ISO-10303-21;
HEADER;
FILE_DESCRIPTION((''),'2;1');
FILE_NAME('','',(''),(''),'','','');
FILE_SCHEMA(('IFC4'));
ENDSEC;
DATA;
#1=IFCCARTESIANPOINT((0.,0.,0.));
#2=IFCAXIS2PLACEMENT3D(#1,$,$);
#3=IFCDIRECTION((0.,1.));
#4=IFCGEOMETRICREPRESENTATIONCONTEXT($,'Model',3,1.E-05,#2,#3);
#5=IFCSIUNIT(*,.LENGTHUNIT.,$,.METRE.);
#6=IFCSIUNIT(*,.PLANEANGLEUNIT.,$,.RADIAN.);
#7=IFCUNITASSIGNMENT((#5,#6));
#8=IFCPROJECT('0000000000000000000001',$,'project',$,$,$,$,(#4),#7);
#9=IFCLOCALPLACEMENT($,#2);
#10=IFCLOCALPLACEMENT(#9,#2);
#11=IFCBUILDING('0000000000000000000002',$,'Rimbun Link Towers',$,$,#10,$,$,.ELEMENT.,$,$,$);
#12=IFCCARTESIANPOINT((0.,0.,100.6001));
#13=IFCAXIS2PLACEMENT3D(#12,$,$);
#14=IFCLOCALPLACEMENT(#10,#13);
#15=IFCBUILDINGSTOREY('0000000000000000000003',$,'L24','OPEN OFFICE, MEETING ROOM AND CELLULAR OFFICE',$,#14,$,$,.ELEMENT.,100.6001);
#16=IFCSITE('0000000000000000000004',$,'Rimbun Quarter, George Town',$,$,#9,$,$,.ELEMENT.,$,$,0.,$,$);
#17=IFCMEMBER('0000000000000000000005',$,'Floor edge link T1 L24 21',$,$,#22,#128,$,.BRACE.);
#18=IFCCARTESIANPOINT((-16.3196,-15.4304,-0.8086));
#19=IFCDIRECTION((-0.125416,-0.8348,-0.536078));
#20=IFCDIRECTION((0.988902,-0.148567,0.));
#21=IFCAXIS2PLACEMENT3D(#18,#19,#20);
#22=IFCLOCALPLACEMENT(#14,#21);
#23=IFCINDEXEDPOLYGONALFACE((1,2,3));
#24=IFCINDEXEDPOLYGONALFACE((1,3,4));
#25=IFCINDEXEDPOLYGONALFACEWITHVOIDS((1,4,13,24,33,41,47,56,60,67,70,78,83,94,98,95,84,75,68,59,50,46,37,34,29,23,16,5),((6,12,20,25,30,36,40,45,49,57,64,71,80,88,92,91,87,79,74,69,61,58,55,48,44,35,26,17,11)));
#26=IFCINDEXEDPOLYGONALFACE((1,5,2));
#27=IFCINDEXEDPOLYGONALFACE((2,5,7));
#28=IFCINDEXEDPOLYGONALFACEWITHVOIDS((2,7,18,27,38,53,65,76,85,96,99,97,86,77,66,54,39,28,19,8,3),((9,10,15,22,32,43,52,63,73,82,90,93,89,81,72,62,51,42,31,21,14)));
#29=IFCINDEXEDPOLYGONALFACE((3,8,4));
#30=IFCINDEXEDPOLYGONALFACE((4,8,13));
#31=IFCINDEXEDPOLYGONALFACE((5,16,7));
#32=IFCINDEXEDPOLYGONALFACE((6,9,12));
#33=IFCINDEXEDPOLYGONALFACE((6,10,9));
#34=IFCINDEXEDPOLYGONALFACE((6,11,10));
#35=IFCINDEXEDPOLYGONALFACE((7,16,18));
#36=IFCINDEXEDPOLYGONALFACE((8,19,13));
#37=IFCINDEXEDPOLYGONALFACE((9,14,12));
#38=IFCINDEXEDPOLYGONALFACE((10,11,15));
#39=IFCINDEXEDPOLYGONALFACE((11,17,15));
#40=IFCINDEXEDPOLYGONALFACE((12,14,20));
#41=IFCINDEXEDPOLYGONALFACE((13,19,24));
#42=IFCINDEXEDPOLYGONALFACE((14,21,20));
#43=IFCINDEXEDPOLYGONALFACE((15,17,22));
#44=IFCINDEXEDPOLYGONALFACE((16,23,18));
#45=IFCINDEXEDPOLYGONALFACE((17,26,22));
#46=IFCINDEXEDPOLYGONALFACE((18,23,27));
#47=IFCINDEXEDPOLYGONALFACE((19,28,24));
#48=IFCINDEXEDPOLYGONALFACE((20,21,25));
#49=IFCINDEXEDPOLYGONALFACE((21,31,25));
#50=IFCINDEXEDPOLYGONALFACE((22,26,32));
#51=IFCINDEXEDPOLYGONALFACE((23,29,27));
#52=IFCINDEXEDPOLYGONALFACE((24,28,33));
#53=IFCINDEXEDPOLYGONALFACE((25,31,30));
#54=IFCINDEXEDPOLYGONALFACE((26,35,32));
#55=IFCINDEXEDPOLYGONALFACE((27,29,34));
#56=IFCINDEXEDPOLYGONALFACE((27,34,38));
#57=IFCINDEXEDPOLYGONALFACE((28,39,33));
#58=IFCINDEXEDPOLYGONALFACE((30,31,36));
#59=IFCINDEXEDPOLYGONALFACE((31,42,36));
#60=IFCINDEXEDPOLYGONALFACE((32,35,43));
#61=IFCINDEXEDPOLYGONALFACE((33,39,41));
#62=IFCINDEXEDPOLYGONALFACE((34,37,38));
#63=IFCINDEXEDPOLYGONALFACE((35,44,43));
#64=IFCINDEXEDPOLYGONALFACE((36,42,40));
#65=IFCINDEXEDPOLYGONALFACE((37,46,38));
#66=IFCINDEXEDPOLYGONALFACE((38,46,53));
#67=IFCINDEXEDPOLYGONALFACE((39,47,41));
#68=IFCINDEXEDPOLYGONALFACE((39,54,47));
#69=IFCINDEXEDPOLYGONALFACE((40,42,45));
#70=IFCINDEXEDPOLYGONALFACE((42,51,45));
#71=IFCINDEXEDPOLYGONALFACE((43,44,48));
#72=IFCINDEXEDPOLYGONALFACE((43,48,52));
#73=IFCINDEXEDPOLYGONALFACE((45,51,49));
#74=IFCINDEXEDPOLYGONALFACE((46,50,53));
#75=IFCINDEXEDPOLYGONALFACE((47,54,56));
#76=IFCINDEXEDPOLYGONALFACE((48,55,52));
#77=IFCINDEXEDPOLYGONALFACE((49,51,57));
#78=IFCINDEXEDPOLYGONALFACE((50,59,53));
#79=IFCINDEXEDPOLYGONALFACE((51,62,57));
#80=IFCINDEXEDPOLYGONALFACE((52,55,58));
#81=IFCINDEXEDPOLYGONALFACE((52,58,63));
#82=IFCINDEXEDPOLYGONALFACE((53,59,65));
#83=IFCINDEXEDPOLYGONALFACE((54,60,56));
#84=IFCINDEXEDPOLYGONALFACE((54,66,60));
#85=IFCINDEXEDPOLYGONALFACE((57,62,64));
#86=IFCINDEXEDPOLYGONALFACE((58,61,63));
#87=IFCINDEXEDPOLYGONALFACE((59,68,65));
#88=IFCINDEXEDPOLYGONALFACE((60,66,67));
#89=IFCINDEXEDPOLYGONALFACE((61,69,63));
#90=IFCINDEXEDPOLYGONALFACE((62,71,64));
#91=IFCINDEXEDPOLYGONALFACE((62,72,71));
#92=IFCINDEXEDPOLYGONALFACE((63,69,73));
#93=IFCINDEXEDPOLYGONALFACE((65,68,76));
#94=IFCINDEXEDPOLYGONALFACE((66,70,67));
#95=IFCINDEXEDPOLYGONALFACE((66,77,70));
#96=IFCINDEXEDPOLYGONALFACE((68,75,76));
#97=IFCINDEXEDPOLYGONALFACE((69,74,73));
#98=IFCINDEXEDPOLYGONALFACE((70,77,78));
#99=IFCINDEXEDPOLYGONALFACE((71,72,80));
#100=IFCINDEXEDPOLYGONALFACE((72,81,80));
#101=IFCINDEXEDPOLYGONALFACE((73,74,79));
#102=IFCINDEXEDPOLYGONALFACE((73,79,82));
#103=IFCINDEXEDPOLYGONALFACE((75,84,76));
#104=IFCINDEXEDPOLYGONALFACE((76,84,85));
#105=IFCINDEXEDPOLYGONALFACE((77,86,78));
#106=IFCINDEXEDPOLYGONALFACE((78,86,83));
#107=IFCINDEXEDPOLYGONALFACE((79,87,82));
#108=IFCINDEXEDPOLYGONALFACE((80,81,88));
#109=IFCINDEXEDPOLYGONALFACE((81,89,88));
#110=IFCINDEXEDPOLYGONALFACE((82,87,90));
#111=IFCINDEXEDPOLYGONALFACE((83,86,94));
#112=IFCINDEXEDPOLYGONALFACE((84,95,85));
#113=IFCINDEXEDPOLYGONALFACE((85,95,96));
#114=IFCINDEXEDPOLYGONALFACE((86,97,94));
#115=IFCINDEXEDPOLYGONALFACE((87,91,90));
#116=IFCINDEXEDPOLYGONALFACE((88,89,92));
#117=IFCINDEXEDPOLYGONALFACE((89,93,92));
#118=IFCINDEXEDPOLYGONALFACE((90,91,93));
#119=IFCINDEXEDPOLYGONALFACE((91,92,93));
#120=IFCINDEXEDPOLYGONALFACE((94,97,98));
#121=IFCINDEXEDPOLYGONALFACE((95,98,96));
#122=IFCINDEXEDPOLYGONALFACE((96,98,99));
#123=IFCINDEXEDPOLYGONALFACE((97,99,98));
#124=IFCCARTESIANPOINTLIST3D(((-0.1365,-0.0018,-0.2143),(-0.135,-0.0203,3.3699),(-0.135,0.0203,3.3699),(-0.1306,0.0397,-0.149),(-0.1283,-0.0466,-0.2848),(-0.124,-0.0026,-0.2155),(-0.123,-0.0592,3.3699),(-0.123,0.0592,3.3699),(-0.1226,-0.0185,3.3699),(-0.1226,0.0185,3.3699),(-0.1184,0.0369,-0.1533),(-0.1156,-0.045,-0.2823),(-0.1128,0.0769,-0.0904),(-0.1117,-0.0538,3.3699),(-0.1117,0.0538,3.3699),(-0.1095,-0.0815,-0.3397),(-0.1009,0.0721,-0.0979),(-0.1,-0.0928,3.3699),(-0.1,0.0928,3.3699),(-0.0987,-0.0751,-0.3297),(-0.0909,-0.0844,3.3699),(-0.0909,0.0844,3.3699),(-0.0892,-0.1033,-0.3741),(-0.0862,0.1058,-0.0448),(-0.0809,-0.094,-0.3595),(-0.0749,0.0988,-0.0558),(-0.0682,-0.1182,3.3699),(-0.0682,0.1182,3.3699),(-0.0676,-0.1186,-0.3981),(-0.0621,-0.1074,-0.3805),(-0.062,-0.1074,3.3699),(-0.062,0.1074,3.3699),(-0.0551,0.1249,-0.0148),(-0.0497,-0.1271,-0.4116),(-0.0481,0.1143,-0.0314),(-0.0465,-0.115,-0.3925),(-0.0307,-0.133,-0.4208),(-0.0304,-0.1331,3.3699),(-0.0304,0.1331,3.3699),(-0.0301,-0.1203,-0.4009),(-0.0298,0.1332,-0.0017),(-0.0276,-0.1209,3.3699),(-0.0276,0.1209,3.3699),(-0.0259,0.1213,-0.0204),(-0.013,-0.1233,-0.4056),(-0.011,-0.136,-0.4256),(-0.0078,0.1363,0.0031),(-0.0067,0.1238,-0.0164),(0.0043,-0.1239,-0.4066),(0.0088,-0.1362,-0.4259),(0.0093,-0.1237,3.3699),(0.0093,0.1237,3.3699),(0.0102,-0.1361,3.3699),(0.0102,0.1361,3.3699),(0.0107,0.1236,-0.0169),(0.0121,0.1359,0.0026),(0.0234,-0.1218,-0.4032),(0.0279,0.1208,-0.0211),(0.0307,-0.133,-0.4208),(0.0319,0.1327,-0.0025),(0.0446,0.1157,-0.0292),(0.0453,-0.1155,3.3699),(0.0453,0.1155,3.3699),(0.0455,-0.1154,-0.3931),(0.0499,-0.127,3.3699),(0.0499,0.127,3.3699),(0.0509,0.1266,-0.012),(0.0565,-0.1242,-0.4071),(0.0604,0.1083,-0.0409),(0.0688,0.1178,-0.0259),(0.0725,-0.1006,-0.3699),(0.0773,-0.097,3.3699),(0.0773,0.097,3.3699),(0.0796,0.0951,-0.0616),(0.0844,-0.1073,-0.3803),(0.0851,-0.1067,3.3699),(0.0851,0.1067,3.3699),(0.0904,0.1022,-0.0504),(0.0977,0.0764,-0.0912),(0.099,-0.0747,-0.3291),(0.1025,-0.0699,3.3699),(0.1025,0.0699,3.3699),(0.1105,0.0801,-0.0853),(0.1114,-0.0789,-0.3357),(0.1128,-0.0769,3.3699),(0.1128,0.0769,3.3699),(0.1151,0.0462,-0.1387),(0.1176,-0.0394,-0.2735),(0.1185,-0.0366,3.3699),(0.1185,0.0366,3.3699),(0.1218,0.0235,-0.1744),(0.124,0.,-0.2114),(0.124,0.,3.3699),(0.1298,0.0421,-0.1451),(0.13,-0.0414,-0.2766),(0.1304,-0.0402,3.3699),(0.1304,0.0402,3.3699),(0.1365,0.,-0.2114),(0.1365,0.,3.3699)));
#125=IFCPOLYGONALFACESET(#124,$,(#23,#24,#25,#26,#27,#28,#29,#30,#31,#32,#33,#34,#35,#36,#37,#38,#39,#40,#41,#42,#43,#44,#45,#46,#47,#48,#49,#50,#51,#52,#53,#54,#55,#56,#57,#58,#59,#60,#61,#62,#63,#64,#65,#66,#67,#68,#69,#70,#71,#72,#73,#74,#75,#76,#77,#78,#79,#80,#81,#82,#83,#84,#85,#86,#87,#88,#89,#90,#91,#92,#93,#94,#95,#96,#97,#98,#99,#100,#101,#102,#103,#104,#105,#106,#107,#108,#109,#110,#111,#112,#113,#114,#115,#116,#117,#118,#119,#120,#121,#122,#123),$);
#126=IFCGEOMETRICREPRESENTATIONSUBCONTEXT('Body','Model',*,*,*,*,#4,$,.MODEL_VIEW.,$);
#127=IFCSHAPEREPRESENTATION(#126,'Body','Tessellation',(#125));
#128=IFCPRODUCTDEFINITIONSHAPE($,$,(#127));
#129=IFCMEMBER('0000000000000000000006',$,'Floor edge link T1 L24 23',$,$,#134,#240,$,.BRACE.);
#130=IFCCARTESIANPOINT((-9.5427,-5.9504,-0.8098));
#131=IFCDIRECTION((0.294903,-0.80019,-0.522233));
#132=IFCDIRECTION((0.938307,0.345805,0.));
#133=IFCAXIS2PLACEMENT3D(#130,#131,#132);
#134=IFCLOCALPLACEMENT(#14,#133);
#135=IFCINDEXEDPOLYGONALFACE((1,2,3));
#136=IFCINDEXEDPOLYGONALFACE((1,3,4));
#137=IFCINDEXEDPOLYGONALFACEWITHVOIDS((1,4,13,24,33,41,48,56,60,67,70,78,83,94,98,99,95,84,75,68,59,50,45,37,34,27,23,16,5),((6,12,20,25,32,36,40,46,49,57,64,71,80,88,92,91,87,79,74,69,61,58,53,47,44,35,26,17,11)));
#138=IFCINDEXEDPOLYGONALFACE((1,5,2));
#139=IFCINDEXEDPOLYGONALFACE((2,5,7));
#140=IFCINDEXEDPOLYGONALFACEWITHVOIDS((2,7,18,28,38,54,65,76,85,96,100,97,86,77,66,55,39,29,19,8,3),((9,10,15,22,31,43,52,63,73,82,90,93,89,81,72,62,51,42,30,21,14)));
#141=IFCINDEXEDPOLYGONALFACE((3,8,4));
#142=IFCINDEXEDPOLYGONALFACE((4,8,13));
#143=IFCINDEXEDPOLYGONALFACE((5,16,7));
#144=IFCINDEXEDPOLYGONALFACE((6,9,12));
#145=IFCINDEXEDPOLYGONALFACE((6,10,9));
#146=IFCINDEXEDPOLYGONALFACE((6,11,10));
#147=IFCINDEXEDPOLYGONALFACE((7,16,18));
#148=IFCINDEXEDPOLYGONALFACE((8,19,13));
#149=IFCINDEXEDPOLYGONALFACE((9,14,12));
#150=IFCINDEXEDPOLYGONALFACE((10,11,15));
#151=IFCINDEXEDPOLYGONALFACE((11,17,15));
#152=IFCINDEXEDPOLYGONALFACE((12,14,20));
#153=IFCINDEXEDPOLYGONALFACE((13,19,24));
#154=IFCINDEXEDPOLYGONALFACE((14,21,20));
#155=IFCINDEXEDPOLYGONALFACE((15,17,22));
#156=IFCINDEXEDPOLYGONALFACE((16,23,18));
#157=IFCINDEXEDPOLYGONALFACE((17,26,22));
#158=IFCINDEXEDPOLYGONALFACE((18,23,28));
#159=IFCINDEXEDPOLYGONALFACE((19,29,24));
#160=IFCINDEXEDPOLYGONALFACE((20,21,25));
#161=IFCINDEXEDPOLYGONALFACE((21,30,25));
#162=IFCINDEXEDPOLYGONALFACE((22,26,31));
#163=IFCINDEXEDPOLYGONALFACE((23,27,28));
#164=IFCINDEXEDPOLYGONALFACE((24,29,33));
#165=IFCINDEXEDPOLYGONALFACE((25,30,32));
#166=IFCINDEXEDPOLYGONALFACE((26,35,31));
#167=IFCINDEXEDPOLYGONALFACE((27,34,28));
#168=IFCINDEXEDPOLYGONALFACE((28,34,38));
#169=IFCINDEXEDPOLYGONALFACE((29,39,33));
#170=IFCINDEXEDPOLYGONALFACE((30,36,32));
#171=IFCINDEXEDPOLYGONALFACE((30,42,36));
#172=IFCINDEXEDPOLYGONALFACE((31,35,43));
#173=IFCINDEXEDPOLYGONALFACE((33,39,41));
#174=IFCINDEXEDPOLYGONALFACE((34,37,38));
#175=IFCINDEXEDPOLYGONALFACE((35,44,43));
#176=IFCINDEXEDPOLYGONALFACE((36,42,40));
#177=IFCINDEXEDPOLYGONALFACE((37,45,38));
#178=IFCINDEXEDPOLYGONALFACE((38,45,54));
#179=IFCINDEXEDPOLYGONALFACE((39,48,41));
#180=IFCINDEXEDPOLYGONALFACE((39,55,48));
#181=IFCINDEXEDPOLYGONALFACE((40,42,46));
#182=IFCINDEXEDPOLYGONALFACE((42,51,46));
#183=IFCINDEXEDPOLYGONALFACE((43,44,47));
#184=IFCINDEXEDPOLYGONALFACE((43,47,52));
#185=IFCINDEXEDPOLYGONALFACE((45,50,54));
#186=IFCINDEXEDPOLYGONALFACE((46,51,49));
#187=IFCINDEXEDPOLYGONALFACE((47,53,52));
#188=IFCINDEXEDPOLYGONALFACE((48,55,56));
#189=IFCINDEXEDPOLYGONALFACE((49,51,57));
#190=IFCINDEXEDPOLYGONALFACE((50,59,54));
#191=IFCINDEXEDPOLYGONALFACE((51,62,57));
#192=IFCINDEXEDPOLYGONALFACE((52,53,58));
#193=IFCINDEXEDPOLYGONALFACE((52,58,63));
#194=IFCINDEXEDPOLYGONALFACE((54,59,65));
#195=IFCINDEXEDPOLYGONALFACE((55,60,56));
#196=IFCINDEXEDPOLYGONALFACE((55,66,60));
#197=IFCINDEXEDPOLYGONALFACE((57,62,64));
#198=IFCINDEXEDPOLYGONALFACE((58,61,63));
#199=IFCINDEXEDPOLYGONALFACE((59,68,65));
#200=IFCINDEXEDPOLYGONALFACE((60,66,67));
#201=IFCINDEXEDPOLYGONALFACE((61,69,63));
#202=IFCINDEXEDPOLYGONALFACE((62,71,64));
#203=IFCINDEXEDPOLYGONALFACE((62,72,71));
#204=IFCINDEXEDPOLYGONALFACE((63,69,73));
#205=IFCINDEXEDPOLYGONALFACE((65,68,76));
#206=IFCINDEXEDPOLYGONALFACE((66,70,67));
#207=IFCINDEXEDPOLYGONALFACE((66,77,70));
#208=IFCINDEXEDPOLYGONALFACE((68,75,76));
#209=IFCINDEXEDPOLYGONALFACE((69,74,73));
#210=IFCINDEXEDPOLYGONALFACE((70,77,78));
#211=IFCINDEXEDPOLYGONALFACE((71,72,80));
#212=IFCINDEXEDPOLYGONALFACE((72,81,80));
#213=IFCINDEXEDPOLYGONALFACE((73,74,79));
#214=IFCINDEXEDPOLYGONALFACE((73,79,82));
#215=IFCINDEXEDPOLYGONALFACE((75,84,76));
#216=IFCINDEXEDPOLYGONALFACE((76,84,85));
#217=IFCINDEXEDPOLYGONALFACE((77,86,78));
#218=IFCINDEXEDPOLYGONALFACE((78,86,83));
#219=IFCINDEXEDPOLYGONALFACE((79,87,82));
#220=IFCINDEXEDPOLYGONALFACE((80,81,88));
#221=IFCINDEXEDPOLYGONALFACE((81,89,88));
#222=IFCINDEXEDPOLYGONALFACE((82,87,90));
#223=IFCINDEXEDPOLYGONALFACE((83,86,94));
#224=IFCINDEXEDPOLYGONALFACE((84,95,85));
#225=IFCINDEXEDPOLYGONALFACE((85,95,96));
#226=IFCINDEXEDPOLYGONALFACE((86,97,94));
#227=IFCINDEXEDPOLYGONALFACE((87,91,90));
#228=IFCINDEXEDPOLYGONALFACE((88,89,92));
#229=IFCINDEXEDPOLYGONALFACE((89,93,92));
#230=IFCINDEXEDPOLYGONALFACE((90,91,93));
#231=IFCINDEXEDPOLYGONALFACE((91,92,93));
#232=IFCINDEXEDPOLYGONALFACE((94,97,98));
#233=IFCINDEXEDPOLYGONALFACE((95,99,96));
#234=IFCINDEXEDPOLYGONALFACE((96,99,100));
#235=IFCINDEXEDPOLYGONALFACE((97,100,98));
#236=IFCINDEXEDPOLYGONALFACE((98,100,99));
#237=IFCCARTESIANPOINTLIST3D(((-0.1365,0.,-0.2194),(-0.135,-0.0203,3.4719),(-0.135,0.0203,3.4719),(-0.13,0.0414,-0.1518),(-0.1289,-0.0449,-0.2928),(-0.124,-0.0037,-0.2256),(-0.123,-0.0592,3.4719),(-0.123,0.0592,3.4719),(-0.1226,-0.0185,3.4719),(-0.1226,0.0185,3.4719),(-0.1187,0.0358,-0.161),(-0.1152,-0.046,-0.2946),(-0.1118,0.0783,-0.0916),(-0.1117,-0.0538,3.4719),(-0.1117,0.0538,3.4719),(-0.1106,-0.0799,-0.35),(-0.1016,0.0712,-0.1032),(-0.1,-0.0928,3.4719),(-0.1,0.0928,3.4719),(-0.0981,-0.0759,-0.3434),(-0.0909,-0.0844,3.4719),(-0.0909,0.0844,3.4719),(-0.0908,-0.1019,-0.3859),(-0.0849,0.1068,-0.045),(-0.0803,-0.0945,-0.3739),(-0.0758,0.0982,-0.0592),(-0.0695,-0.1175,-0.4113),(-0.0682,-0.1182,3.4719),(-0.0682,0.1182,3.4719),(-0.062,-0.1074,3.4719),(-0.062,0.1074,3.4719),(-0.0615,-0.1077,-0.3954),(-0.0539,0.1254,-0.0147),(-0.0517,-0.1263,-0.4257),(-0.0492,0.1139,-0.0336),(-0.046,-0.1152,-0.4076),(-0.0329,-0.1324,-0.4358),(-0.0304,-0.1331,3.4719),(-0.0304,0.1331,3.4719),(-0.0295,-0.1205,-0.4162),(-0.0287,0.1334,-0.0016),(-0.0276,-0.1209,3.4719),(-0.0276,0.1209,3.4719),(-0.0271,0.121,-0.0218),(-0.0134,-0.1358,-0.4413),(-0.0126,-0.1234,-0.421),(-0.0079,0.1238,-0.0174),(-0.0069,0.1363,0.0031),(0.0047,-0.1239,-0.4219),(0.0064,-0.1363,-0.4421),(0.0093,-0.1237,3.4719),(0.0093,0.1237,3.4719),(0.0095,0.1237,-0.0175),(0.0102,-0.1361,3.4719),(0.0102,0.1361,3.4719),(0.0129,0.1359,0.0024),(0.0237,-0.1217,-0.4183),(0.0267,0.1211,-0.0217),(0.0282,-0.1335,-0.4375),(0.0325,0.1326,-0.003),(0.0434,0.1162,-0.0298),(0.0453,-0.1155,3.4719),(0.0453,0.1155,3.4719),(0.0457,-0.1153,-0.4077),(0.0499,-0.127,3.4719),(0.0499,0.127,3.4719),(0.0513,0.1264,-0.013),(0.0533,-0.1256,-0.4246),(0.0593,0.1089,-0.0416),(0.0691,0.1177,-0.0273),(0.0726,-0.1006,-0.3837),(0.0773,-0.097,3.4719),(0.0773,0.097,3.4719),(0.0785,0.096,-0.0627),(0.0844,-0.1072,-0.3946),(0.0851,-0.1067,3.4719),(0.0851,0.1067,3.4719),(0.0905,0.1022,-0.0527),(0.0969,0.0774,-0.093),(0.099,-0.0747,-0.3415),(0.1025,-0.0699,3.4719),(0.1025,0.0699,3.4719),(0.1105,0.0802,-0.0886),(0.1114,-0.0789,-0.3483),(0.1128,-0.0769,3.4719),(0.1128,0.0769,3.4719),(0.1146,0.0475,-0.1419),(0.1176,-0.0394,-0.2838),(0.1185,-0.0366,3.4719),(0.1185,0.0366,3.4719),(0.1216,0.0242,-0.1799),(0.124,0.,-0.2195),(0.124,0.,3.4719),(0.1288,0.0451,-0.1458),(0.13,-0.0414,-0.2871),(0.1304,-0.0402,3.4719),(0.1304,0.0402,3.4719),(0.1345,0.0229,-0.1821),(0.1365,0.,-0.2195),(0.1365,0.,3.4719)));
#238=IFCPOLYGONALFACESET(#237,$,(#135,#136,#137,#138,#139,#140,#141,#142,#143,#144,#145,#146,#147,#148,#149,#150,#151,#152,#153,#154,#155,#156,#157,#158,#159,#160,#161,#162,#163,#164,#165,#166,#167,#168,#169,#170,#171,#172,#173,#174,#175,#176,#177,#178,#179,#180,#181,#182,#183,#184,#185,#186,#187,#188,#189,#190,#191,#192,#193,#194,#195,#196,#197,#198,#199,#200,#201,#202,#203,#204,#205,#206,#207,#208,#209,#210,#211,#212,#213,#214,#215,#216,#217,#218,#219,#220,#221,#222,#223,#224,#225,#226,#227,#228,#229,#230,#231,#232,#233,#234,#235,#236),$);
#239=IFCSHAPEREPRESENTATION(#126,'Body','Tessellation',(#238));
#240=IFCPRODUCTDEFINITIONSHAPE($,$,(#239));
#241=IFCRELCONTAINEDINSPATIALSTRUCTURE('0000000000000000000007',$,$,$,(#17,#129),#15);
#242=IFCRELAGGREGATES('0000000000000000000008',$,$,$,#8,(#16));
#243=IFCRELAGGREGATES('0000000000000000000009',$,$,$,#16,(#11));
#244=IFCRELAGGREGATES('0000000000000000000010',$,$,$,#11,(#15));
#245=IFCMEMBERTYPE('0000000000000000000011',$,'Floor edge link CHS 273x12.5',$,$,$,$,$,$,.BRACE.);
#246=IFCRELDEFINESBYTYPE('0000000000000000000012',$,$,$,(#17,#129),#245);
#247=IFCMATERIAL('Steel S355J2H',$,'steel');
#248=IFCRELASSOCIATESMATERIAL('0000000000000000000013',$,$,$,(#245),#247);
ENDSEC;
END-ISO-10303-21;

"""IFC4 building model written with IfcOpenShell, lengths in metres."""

from ifc_helpers import new_model, si_unit, direction, frame, origin, origin_2d, place, context, subcontext, project, spatial, hollow_circle, extrude, clip, halfspace, material, material_profile, profile_set, type_object, element, save


model = new_model("IFC4")

# Units and contexts
model_context = context("Model", 3, precision=1e-05, world=origin(), true_north=direction((0.0, 1.0)))
body_context = subcontext(model_context, "Body", "Model", "MODEL_VIEW")
ifc_project = project(units=[si_unit("LENGTHUNIT", "METRE"), si_unit("PLANEANGLEUNIT", "RADIAN")], contexts=[model_context])

# Site, building, storey
site_placement = place(None, origin())
site = spatial("IfcSite", under=ifc_project, at=site_placement, Name="Rimbun Quarter, George Town", CompositionType="ELEMENT", RefElevation=0.0)
building_placement = place(site_placement, origin())
building = spatial("IfcBuilding", under=site, at=building_placement, Name="Rimbun Link Towers", CompositionType="ELEMENT")
storey_placement = place(building_placement, frame((0.0, 0.0, 100.6001)))
storey = spatial("IfcBuildingStorey", under=building, at=storey_placement, Name="L24", Description="OPEN OFFICE, MEETING ROOM AND CELLULAR OFFICE", CompositionType="ELEMENT", Elevation=100.6001)

# Members
ifc_material_1 = material(Name="Steel S355J2H", Category="steel")
ifc_material_profile_1 = material_profile(ifc_material_1, hollow_circle(Radius=0.1365, WallThickness=0.0125, at=origin_2d()), Name="CHS 273x12.5")
ifc_profile_set_1 = profile_set([ifc_material_profile_1], Name="Steel S355J2H")
member_type_1 = type_object("IfcMemberType", Name="Floor edge link CHS 273x12.5", PredefinedType="BRACE", material=ifc_profile_set_1)
member_1_placement = place(storey_placement, frame((-16.3196, -15.4304, -0.8086), z_axis=(-0.125416, -0.8348, -0.536078), x_axis=(0.988902, -0.148567, 0.0)))
element("IfcMember", 1, at=member_1_placement, inside=storey, type_object=member_type_1, Name="Floor edge link T1 L24 21", PredefinedType="BRACE", context=body_context, shape_type="Clipping", body=[
    clip(extrude(hollow_circle(Radius=0.1365, WallThickness=0.0125, at=origin_2d()), frame((0.0, 0.0, -0.4485)), (0.0, 0.0, 1.0), 3.8184), halfspace(frame((0.0, 0.0, -0.2114), z_axis=(0.0, 0.844169, -0.536078)), False)),
])
member_2_placement = place(storey_placement, frame((-9.5427, -5.9504, -0.8098), z_axis=(0.294903, -0.80019, -0.522233), x_axis=(0.938307, 0.345805, 0.0)))
element("IfcMember", 2, at=member_2_placement, inside=storey, type_object=member_type_1, Name="Floor edge link T1 L24 23", PredefinedType="BRACE", context=body_context, shape_type="Clipping", body=[
    clip(extrude(hollow_circle(Radius=0.1365, WallThickness=0.0125, at=origin_2d()), frame((0.0, 0.0, -0.4651)), (0.0, 0.0, 1.0), 3.937), halfspace(frame((0.0, 0.0, -0.2195), z_axis=(0.0, 0.852803, -0.522233)), False)),
])

save(model, "model.ifc")
